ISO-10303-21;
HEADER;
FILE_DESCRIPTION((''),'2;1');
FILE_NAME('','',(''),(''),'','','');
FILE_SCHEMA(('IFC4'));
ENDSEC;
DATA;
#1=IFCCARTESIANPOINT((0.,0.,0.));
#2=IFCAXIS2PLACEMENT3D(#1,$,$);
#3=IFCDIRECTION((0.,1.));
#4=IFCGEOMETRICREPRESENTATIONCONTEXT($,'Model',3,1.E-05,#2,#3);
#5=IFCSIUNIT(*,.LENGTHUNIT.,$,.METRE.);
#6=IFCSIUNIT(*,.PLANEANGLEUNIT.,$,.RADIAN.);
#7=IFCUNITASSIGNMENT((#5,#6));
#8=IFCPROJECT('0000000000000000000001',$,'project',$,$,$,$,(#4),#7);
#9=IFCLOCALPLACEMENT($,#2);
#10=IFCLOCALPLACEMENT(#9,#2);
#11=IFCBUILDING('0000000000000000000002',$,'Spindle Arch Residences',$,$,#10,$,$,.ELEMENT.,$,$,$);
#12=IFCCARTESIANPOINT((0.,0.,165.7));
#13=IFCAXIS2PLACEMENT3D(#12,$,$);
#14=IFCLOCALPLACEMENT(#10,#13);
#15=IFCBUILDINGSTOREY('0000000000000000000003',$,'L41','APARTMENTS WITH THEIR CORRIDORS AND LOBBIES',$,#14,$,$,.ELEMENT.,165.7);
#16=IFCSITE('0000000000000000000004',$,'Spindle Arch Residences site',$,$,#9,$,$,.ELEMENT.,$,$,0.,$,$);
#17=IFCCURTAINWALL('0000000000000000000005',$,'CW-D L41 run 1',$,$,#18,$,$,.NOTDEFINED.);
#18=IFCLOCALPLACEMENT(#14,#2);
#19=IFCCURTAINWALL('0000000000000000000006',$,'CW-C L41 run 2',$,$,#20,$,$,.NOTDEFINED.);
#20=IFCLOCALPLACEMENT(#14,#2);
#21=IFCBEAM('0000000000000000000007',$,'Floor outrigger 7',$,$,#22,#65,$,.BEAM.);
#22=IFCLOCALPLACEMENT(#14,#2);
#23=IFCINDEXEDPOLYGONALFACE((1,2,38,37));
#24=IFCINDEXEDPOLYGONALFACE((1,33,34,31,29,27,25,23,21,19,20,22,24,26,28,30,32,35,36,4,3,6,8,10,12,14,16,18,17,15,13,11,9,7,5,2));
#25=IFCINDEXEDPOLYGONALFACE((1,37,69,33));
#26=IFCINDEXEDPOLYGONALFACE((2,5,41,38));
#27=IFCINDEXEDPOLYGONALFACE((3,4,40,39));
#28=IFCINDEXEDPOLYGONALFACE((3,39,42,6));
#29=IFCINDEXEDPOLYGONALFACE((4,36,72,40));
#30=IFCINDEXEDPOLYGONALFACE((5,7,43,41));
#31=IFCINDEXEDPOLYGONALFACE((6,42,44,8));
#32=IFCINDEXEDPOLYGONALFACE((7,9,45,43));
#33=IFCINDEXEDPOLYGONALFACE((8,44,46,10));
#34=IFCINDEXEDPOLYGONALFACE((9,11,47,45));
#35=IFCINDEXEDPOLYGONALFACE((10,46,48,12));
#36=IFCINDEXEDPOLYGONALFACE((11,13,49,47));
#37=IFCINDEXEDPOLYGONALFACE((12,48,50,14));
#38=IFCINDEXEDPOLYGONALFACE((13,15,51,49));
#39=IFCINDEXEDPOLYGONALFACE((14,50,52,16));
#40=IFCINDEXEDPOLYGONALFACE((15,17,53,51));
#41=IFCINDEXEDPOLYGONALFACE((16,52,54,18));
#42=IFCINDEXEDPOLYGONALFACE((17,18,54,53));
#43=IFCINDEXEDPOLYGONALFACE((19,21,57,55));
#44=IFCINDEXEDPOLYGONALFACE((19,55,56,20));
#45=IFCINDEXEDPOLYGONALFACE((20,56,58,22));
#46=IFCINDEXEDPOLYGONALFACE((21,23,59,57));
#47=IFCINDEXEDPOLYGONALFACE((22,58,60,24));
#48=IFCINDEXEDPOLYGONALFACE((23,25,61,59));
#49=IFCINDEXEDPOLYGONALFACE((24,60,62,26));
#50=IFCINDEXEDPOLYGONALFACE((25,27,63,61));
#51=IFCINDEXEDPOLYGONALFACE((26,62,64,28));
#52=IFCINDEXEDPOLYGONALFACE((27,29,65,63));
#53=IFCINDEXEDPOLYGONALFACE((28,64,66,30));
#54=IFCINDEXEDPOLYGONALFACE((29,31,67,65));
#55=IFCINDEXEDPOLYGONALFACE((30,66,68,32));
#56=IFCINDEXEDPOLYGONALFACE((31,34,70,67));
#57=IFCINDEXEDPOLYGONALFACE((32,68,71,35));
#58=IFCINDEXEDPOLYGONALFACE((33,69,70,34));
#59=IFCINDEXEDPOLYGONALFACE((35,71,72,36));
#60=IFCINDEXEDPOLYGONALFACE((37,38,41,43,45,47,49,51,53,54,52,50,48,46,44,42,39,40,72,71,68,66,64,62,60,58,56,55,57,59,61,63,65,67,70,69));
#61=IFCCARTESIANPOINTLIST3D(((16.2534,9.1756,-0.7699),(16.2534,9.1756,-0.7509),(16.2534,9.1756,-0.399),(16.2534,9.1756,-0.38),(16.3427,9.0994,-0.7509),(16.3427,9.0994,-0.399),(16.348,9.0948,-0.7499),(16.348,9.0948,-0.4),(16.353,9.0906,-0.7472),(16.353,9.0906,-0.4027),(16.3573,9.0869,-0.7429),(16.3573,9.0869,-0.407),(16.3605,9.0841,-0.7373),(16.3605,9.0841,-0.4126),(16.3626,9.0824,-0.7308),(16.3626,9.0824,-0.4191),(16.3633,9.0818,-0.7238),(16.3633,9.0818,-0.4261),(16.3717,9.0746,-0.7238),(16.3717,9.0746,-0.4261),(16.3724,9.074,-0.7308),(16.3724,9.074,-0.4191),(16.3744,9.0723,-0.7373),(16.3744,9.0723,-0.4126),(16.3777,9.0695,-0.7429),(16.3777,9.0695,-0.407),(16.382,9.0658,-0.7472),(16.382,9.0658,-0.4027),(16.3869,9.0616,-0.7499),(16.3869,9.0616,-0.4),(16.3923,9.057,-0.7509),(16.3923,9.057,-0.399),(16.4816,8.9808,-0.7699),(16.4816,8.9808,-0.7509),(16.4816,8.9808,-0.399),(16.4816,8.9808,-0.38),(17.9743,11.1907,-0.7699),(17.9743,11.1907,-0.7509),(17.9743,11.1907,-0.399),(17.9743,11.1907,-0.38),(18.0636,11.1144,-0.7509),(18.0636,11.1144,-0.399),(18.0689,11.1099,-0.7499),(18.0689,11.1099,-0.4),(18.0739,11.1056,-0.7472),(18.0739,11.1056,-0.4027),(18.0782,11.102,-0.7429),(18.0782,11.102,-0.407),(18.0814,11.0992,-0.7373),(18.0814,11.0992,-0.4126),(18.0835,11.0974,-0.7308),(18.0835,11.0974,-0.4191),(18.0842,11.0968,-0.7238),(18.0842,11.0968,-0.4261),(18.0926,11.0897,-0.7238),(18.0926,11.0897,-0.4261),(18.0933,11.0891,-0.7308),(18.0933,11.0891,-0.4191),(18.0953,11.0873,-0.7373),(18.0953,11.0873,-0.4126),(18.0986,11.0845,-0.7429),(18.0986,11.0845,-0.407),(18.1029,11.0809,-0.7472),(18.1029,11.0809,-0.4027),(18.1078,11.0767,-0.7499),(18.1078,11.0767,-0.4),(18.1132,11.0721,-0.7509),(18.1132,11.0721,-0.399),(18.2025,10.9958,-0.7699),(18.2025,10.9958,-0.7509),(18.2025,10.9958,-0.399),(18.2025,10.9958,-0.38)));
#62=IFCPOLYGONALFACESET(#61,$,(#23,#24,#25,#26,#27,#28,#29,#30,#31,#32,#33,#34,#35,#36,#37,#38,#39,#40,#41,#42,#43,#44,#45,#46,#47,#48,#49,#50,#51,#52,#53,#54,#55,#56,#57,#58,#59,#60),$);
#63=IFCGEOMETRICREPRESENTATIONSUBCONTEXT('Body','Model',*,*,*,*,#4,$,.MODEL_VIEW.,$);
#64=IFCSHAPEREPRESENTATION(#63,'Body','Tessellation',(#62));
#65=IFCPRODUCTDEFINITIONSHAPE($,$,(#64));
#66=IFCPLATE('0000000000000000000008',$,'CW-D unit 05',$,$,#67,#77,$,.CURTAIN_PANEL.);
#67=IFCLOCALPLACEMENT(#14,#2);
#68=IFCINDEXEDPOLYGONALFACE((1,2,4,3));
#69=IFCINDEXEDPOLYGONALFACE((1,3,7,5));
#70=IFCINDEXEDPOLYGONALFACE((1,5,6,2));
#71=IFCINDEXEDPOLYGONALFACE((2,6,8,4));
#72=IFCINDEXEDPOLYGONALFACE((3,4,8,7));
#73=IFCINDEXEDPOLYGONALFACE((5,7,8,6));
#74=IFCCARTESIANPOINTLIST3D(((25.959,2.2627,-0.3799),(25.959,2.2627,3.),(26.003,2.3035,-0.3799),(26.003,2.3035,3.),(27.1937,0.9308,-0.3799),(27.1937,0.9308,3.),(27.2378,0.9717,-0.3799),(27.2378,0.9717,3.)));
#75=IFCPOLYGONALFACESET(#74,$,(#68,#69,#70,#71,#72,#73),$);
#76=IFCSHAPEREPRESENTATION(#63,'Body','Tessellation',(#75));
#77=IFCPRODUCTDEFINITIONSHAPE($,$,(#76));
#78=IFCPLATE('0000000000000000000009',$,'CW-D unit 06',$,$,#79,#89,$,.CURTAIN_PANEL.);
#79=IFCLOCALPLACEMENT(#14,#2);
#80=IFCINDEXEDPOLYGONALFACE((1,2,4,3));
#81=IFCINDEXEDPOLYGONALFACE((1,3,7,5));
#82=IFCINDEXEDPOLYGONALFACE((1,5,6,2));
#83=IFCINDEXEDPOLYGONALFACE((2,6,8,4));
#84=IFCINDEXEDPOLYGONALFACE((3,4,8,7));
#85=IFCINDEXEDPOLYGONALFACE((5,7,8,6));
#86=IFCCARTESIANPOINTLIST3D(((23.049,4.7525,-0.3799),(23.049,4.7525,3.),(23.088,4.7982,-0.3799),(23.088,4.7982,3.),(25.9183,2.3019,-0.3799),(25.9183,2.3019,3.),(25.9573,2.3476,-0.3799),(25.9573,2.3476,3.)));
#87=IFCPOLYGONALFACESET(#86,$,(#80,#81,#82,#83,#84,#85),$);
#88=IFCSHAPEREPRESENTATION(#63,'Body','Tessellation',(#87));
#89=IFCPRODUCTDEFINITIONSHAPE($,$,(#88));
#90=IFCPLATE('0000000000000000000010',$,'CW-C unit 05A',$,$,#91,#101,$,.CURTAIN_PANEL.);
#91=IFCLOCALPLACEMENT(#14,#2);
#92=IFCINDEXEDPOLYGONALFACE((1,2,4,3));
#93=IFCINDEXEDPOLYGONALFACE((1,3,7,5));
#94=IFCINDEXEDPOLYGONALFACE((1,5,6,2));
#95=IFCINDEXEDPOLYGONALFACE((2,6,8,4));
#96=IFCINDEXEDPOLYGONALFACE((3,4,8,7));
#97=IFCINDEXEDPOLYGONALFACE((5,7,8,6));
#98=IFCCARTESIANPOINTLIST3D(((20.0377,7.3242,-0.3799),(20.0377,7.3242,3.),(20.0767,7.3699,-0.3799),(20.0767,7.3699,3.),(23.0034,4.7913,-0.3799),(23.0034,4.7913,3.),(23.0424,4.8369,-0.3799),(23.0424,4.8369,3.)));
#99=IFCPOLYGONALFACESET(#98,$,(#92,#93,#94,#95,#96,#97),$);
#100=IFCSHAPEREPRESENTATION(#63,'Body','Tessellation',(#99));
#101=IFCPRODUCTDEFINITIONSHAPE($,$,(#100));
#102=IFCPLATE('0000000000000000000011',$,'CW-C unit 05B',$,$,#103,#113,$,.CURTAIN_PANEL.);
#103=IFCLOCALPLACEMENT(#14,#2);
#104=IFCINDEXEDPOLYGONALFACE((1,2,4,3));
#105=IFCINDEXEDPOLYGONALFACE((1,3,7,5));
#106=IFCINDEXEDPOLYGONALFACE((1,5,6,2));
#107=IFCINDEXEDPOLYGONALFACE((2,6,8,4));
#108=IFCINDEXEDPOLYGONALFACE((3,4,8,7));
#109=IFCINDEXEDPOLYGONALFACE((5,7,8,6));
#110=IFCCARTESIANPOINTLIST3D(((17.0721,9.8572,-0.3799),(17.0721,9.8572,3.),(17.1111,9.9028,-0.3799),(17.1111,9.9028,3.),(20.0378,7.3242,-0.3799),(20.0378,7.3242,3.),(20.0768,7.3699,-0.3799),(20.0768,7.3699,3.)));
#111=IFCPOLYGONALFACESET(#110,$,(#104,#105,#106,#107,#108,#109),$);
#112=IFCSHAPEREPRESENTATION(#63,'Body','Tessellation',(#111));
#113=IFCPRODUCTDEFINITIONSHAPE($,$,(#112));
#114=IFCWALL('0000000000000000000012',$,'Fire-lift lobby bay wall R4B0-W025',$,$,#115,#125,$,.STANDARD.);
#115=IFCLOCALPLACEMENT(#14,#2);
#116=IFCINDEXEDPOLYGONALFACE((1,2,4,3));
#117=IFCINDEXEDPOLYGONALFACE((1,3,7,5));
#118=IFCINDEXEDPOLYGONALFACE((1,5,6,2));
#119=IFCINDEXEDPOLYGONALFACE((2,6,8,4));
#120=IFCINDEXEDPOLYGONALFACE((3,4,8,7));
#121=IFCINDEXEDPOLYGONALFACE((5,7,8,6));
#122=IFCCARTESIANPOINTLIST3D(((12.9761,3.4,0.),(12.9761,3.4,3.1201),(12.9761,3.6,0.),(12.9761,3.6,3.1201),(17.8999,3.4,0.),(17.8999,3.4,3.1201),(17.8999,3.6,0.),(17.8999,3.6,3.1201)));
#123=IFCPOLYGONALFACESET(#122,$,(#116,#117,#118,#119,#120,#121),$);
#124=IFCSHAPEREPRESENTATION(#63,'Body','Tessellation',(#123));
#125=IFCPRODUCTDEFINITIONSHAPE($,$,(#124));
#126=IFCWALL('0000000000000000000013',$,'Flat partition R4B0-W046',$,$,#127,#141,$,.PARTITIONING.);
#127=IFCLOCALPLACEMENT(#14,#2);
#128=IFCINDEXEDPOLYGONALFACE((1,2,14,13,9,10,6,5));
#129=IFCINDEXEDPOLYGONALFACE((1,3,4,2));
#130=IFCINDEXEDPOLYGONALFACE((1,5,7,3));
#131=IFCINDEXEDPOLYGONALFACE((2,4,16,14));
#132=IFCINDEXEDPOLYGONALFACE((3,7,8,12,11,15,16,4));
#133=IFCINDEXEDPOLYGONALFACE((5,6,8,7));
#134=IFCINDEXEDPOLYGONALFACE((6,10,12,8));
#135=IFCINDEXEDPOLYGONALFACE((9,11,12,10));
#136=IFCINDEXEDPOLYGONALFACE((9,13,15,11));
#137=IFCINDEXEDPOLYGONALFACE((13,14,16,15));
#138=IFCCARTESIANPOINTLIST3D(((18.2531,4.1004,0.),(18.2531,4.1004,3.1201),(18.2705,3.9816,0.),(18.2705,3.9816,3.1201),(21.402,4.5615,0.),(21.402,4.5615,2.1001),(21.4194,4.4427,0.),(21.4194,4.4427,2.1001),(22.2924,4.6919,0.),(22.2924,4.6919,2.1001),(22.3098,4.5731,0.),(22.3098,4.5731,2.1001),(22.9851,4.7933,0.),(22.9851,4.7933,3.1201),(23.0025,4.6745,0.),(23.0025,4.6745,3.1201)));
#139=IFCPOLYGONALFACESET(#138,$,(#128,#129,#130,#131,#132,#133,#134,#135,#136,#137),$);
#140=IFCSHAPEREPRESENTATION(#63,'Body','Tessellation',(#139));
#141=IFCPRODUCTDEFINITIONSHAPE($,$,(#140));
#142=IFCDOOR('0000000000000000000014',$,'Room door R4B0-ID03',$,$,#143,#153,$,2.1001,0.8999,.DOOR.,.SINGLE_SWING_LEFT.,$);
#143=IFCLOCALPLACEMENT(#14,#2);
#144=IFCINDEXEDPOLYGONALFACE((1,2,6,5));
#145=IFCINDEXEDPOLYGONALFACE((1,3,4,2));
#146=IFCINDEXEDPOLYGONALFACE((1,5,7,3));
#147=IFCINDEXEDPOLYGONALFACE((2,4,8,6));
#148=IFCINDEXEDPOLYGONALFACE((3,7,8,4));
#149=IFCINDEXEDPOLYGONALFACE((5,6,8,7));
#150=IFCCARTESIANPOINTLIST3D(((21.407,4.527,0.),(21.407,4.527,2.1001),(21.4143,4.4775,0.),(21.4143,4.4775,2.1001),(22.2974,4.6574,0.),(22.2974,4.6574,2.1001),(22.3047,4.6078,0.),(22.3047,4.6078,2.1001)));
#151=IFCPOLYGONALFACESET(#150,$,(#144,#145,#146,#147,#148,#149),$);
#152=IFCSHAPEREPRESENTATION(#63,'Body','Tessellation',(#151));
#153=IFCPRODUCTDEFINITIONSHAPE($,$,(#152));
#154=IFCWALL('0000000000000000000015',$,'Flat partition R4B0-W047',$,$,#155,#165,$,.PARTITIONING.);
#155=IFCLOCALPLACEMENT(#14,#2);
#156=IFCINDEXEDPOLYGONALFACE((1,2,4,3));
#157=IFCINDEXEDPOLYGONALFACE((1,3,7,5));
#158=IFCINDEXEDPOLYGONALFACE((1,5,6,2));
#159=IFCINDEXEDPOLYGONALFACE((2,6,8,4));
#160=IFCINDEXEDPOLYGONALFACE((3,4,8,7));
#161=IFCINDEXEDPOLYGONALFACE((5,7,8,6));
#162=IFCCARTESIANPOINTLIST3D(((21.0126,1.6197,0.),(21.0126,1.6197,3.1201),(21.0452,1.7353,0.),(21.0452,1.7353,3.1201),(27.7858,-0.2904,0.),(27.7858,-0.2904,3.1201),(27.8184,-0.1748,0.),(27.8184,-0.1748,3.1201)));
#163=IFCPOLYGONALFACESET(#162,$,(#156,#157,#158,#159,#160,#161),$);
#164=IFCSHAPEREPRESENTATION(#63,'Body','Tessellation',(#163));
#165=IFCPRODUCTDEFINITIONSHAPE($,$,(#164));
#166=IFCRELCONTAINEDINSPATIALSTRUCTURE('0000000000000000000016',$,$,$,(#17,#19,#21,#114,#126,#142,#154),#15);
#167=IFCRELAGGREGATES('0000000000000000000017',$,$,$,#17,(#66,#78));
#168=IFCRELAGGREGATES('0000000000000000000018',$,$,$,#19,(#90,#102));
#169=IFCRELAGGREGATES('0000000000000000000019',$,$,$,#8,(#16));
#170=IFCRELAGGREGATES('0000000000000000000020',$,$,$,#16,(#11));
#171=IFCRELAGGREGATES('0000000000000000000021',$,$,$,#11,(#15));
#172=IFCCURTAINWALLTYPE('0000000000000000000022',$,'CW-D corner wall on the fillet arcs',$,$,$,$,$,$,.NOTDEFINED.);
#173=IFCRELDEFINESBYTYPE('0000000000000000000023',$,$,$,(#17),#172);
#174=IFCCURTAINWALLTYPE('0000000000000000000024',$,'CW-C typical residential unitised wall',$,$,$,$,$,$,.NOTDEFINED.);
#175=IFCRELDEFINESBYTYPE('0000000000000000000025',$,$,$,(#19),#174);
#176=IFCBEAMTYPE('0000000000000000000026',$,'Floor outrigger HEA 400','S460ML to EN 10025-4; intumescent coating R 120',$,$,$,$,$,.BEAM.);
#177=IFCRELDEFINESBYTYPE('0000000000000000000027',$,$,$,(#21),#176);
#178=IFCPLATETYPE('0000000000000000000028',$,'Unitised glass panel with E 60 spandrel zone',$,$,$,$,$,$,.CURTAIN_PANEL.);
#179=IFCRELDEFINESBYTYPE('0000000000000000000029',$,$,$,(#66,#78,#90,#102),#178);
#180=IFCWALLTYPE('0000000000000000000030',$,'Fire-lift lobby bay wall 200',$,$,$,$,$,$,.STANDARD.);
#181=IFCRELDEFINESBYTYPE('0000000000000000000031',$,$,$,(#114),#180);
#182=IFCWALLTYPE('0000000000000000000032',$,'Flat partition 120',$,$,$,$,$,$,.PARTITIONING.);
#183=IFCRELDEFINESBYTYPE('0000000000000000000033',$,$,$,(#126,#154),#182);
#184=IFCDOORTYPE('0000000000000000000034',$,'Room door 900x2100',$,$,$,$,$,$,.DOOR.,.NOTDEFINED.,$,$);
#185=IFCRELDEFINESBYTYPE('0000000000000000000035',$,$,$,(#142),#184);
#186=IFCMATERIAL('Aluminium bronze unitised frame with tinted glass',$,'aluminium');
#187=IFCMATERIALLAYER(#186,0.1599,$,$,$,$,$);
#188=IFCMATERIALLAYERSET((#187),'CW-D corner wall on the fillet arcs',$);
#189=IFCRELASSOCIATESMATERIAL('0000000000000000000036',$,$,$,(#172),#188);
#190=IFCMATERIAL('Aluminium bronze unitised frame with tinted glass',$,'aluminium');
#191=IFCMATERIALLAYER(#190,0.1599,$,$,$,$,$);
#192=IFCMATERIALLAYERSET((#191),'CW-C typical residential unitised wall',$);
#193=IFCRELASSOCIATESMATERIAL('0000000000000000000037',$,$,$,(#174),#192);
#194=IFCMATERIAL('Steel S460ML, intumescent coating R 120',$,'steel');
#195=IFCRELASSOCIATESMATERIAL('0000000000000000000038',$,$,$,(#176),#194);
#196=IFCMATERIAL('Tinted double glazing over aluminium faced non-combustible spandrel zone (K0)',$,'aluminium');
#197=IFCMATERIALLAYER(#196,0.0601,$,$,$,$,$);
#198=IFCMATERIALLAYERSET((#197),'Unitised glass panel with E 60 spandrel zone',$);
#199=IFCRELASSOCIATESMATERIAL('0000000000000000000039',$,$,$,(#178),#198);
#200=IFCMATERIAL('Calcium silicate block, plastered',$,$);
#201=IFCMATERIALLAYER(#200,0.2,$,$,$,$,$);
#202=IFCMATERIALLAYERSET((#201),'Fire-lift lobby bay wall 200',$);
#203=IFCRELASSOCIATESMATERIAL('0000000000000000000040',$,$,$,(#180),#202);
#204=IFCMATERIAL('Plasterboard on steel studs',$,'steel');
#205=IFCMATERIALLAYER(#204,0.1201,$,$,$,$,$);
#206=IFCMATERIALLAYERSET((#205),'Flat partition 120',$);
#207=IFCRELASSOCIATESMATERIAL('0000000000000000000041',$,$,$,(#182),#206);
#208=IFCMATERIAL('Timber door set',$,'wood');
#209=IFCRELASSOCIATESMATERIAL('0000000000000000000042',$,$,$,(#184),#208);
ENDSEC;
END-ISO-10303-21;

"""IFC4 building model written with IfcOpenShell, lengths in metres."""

from ifc_helpers import new_model, si_unit, direction, frame, frame_2d, origin, origin_2d, place, context, subcontext, project, spatial, rectangle, i_section, extrude, material, layer, layer_set, material_profile, profile_set, type_object, element, fill, aggregate, save


model = new_model("IFC4")

# Units and contexts
model_context = context("Model", 3, precision=1e-05, world=origin(), true_north=direction((0.0, 1.0)))
body_context = subcontext(model_context, "Body", "Model", "MODEL_VIEW")
ifc_project = project(units=[si_unit("LENGTHUNIT", "METRE"), si_unit("PLANEANGLEUNIT", "RADIAN")], contexts=[model_context])

# Site, building, storey
site_placement = place(None, origin())
site = spatial("IfcSite", under=ifc_project, at=site_placement, Name="Spindle Arch Residences site", CompositionType="ELEMENT", RefElevation=0.0)
building_placement = place(site_placement, origin())
building = spatial("IfcBuilding", under=site, at=building_placement, Name="Spindle Arch Residences", CompositionType="ELEMENT")
storey_placement = place(building_placement, frame((0.0, 0.0, 165.7)))
storey = spatial("IfcBuildingStorey", under=building, at=storey_placement, Name="L41", Description="APARTMENTS WITH THEIR CORRIDORS AND LOBBIES", CompositionType="ELEMENT", Elevation=165.7)

# Curtain walls
ifc_material_1 = material(Name="Aluminium bronze unitised frame with tinted glass", Category="aluminium")
ifc_layer_1 = layer(ifc_material_1, 0.1599)
ifc_layer_set_1 = layer_set([ifc_layer_1], Name="CW-D corner wall on the fillet arcs")
curtain_wall_type_1 = type_object("IfcCurtainWallType", Name="CW-D corner wall on the fillet arcs", PredefinedType="NOTDEFINED", material=ifc_layer_set_1)
curtain_wall_1_placement = place(storey_placement, origin())
curtain_wall_1 = element("IfcCurtainWall", 1, at=curtain_wall_1_placement, inside=storey, type_object=curtain_wall_type_1, Name="CW-D L41 run 1", PredefinedType="NOTDEFINED")
ifc_material_2 = material(Name="Aluminium bronze unitised frame with tinted glass", Category="aluminium")
ifc_layer_2 = layer(ifc_material_2, 0.1599)
ifc_layer_set_2 = layer_set([ifc_layer_2], Name="CW-C typical residential unitised wall")
curtain_wall_type_2 = type_object("IfcCurtainWallType", Name="CW-C typical residential unitised wall", PredefinedType="NOTDEFINED", material=ifc_layer_set_2)
curtain_wall_2_placement = place(storey_placement, origin())
curtain_wall_2 = element("IfcCurtainWall", 2, at=curtain_wall_2_placement, inside=storey, type_object=curtain_wall_type_2, Name="CW-C L41 run 2", PredefinedType="NOTDEFINED")

# Beam
ifc_material_3 = material(Name="Steel S460ML, intumescent coating R 120", Category="steel")
ifc_material_profile_1 = material_profile(ifc_material_3, i_section(OverallWidth=0.3, OverallDepth=0.3899, WebThickness=0.011, FlangeThickness=0.019, FilletRadius=0.0271, at=origin_2d()), Name="HEA 400")
ifc_profile_set_1 = profile_set([ifc_material_profile_1], Name="Steel S460ML, intumescent coating R 120")
beam_type_1 = type_object("IfcBeamType", Name="Floor outrigger HEA 400", Description="S460ML to EN 10025-4; intumescent coating R 120", PredefinedType="BEAM", material=ifc_profile_set_1)
for number, where, z_axis, x_axis, name in (
    (3, (18.0884, 11.0933, -0.575), (-0.649417, -0.760432, 0.0), (0.760432, -0.649417, 0.0), "Floor outrigger 7"),
):
    element("IfcBeam", number, at=place(storey_placement, frame(where, z_axis=z_axis, x_axis=x_axis)), inside=storey, type_object=beam_type_1, Name=name, PredefinedType="BEAM", context=body_context, shape_type="SweptSolid", body=[
        extrude(i_section(OverallWidth=0.3, OverallDepth=0.3899, WebThickness=0.011, FlangeThickness=0.019, FilletRadius=0.0271, at=origin_2d()), origin(), (0.0, 0.0, 1.0), 2.6499),
    ])

# Plates
ifc_material_4 = material(Name="Tinted double glazing over aluminium faced non-combustible spandrel zone (K0)", Category="aluminium")
ifc_layer_3 = layer(ifc_material_4, 0.0601)
ifc_layer_set_3 = layer_set([ifc_layer_3], Name="Unitised glass panel with E 60 spandrel zone")
plate_type = type_object("IfcPlateType", Name="Unitised glass panel with E 60 spandrel zone", PredefinedType="CURTAIN_PANEL", material=ifc_layer_set_3)
plate_1_placement = place(storey_placement, frame((26.5984, 1.6172, -0.3799), z_axis=(0.0, 0.0, 1.0), x_axis=(-0.679868, 0.733334, 0.0)))
plate_1 = element("IfcPlate", 4, at=plate_1_placement, type_object=plate_type, Name="CW-D unit 05", PredefinedType="CURTAIN_PANEL", context=body_context, shape_type="SweptSolid", body=[
    extrude(rectangle(XDim=1.8162, YDim=0.0601, at=origin_2d()), origin(), (0.0, 0.0, 1.0), 3.3799),
])
plate_2_placement = place(storey_placement, frame((24.5032, 3.55, -0.3799), z_axis=(0.0, 0.0, 1.0), x_axis=(-0.760406, 0.649448, 0.0)))
plate_2 = element("IfcPlate", 5, at=plate_2_placement, type_object=plate_type, Name="CW-D unit 06", PredefinedType="CURTAIN_PANEL", context=body_context, shape_type="SweptSolid", body=[
    extrude(rectangle(XDim=3.7734, YDim=0.0601, at=origin_2d()), origin(), (0.0, 0.0, 1.0), 3.3799),
])
aggregate(curtain_wall_1, [plate_1, plate_2])
plate_3_placement = place(storey_placement, frame((21.54, 6.0806, -0.3799), z_axis=(0.0, 0.0, 1.0), x_axis=(-0.760406, 0.649448, 0.0)))
plate_3 = element("IfcPlate", 6, at=plate_3_placement, type_object=plate_type, Name="CW-C unit 05A", PredefinedType="CURTAIN_PANEL", context=body_context, shape_type="SweptSolid", body=[
    extrude(rectangle(XDim=3.9001, YDim=0.0601, at=origin_2d()), origin(), (0.0, 0.0, 1.0), 3.3799),
])
plate_4_placement = place(storey_placement, frame((18.5745, 8.6135, -0.3799), z_axis=(0.0, 0.0, 1.0), x_axis=(-0.760406, 0.649448, 0.0)))
plate_4 = element("IfcPlate", 7, at=plate_4_placement, type_object=plate_type, Name="CW-C unit 05B", PredefinedType="CURTAIN_PANEL", context=body_context, shape_type="SweptSolid", body=[
    extrude(rectangle(XDim=3.9001, YDim=0.0601, at=origin_2d()), origin(), (0.0, 0.0, 1.0), 3.3799),
])
aggregate(curtain_wall_2, [plate_3, plate_4])

# Wall
ifc_material_5 = material(Name="Calcium silicate block, plastered")
ifc_layer_4 = layer(ifc_material_5, 0.2)
ifc_layer_set_4 = layer_set([ifc_layer_4], Name="Fire-lift lobby bay wall 200")
wall_type_1 = type_object("IfcWallType", Name="Fire-lift lobby bay wall 200", PredefinedType="STANDARD", material=ifc_layer_set_4)
wall_1_placement = place(storey_placement, frame((17.8999, 3.5, 0.0), z_axis=(0.0, 0.0, 1.0), x_axis=(-1.0, 0.0, 0.0)))
element("IfcWall", 8, at=wall_1_placement, inside=storey, type_object=wall_type_1, Name="Fire-lift lobby bay wall R4B0-W025", PredefinedType="STANDARD", context=body_context, shape_type="SweptSolid", body=[
    extrude(rectangle(XDim=4.9238, YDim=0.2, at=frame_2d((2.4619, 0.0))), origin(), (0.0, 0.0, 1.0), 3.1201),
])

# Wall, opening, door
ifc_material_6 = material(Name="Plasterboard on steel studs", Category="steel")
ifc_layer_5 = layer(ifc_material_6, 0.1201)
ifc_layer_set_5 = layer_set([ifc_layer_5], Name="Flat partition 120")
wall_type_2 = type_object("IfcWallType", Name="Flat partition 120", PredefinedType="PARTITIONING", material=ifc_layer_set_5)
wall_2_placement = place(storey_placement, frame((22.9937, 4.7339, 0.0), z_axis=(0.0, 0.0, 1.0), x_axis=(-0.989449, -0.14488, 0.0)))
wall_2 = element("IfcWall", 9, at=wall_2_placement, inside=storey, type_object=wall_type_2, Name="Flat partition R4B0-W046", PredefinedType="PARTITIONING", context=body_context, shape_type="SweptSolid", body=[
    extrude(rectangle(XDim=4.7825, YDim=0.1201, at=frame_2d((2.3911, 0.0))), origin(), (0.0, 0.0, 1.0), 3.1201),
])
opening_placement = place(wall_2_placement, frame((0.7, 0.0, 0.0)))
opening = element("IfcOpeningElement", 10, at=opening_placement, cuts=wall_2, PredefinedType="OPENING", context=body_context, shape_type="SweptSolid", body=[
    extrude(rectangle(XDim=0.8999, YDim=2.1001, at=frame_2d((0.45, 1.05))), frame((0.0, 0.0701, 0.0), z_axis=(0.0, -1.0, 0.0), x_axis=(1.0, 0.0, 0.0)), (0.0, 0.0, 1.0), 0.1401),
])
ifc_material_7 = material(Name="Timber door set", Category="wood")
door_type = type_object("IfcDoorType", Name="Room door 900x2100", OperationType="NOTDEFINED", PredefinedType="DOOR", material=ifc_material_7)
door_placement = place(opening_placement, origin())
door = element("IfcDoor", 11, at=door_placement, inside=storey, type_object=door_type, Name="Room door R4B0-ID03", OperationType="SINGLE_SWING_LEFT", OverallHeight=2.1001, OverallWidth=0.8999, PredefinedType="DOOR", context=body_context, shape_type="SweptSolid", body=[
    extrude(rectangle(XDim=0.8999, YDim=2.1001, at=frame_2d((0.45, 1.05))), frame((0.0, 0.0249, 0.0), z_axis=(0.0, -1.0, 0.0), x_axis=(1.0, 0.0, 0.0)), (0.0, 0.0, 1.0), 0.05),
])
fill(opening, door)

# Wall
wall_3_placement = place(storey_placement, frame((21.0291, 1.6775, 0.0), z_axis=(0.0, 0.0, 1.0), x_axis=(0.962458, -0.27143, 0.0)))
element("IfcWall", 12, at=wall_3_placement, inside=storey, type_object=wall_type_2, Name="Flat partition R4B0-W047", PredefinedType="PARTITIONING", context=body_context, shape_type="SweptSolid", body=[
    extrude(rectangle(XDim=7.0374, YDim=0.1201, at=frame_2d((3.5186, 0.0))), origin(), (0.0, 0.0, 1.0), 3.1201),
])

save(model, "model.ifc")
